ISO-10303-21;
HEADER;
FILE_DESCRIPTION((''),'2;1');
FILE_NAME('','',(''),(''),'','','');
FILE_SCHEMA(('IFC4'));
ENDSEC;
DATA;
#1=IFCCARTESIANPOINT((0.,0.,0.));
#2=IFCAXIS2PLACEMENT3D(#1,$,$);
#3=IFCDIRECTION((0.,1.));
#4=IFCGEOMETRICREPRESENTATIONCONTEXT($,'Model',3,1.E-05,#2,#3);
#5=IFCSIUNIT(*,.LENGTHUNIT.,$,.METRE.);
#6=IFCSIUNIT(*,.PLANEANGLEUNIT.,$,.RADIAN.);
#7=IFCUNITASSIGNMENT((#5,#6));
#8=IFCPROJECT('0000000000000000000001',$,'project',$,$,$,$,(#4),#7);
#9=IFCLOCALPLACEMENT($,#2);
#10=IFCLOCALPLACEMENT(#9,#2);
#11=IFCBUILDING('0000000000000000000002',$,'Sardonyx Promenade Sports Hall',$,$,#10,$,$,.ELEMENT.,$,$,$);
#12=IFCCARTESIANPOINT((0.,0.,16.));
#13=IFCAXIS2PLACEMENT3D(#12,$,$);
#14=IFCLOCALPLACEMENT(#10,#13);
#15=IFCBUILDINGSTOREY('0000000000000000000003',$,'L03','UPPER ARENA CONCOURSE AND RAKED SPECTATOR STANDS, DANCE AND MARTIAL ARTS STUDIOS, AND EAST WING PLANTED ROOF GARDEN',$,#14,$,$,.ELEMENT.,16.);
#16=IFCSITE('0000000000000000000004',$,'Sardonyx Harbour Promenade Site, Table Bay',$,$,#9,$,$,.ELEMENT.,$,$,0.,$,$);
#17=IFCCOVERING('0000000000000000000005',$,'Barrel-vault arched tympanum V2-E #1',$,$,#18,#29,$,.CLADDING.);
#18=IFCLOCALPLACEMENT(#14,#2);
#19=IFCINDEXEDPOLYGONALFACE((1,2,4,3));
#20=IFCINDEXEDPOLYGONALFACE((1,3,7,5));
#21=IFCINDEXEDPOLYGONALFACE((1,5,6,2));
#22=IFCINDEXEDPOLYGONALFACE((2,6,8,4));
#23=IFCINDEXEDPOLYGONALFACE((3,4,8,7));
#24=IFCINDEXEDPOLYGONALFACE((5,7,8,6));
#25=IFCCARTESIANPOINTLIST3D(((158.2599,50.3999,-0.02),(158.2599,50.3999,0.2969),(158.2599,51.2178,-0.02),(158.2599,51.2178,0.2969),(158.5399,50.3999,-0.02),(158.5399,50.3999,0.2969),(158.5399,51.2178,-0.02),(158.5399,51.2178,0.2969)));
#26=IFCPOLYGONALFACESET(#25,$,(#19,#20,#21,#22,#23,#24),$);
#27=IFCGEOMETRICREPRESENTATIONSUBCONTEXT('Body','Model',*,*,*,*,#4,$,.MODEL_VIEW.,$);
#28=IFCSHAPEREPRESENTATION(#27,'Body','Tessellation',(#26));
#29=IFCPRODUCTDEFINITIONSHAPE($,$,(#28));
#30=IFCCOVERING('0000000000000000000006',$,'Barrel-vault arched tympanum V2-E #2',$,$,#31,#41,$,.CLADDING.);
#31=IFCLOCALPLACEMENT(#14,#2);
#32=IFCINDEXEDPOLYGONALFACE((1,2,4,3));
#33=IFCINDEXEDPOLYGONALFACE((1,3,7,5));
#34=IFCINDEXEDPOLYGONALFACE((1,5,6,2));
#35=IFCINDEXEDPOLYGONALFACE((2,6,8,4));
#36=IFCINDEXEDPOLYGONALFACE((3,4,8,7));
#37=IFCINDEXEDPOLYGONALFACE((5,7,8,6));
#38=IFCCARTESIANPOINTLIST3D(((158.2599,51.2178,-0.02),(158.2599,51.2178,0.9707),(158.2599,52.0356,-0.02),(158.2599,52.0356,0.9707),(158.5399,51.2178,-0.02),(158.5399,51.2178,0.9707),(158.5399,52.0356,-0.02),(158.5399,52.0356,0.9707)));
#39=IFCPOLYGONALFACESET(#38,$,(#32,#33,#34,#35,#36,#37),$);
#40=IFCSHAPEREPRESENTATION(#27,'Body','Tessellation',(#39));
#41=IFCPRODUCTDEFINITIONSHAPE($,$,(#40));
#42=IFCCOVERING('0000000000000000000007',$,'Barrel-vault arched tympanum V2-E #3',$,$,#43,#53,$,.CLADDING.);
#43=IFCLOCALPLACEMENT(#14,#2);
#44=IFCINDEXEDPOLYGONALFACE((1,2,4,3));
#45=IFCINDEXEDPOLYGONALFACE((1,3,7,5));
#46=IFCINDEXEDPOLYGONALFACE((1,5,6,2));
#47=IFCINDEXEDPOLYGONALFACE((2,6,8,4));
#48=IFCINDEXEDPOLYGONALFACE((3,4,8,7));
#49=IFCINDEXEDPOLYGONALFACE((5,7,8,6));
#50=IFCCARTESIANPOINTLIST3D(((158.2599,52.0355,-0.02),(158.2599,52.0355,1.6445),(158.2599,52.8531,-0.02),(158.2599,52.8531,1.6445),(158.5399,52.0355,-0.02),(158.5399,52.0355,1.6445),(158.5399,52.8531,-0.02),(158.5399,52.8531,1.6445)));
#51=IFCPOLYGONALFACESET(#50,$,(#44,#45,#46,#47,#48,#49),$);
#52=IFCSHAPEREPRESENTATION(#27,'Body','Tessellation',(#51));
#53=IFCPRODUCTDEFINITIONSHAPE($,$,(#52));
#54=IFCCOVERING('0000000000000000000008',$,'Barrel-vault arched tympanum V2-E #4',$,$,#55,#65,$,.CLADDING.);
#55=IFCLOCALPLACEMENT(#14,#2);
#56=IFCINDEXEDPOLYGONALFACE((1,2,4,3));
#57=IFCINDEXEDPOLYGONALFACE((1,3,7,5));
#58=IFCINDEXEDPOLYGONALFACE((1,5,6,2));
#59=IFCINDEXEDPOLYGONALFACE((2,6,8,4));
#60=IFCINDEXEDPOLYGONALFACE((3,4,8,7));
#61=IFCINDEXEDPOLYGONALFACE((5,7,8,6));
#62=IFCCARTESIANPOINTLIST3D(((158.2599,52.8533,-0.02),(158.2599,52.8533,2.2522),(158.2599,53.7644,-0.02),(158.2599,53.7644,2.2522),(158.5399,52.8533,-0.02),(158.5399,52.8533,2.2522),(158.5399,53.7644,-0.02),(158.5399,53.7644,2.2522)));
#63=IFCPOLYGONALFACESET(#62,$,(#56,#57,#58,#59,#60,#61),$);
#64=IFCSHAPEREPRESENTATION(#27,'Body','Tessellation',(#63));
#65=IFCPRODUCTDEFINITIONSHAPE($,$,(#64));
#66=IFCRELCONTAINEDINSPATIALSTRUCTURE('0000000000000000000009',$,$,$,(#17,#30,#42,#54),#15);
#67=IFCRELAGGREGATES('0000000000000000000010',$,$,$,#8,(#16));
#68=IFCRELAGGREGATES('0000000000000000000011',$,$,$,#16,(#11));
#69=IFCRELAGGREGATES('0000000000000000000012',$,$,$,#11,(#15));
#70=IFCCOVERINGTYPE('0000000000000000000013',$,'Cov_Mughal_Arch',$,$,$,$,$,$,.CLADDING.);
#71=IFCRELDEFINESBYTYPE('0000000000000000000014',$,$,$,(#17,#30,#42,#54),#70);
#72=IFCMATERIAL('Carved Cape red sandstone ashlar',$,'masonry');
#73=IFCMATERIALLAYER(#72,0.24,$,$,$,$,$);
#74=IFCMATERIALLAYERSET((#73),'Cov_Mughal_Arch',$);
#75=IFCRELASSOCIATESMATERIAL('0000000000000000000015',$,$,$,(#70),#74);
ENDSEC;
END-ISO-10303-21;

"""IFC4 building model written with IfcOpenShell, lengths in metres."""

from ifc_helpers import new_model, si_unit, direction, frame, frame_2d, origin, place, context, subcontext, project, spatial, rectangle, extrude, material, layer, layer_set, type_object, element, save


model = new_model("IFC4")

# Units and contexts
model_context = context("Model", 3, precision=1e-05, world=origin(), true_north=direction((0.0, 1.0)))
body_context = subcontext(model_context, "Body", "Model", "MODEL_VIEW")
ifc_project = project(units=[si_unit("LENGTHUNIT", "METRE"), si_unit("PLANEANGLEUNIT", "RADIAN")], contexts=[model_context])

# Site, building, storey
site_placement = place(None, origin())
site = spatial("IfcSite", under=ifc_project, at=site_placement, Name="Sardonyx Harbour Promenade Site, Table Bay", CompositionType="ELEMENT", RefElevation=0.0)
building_placement = place(site_placement, origin())
building = spatial("IfcBuilding", under=site, at=building_placement, Name="Sardonyx Promenade Sports Hall", CompositionType="ELEMENT")
storey_placement = place(building_placement, frame((0.0, 0.0, 16.0)))
storey = spatial("IfcBuildingStorey", under=building, at=storey_placement, Name="L03", Description="UPPER ARENA CONCOURSE AND RAKED SPECTATOR STANDS, DANCE AND MARTIAL ARTS STUDIOS, AND EAST WING PLANTED ROOF GARDEN", CompositionType="ELEMENT", Elevation=16.0)

# Coverings
ifc_material_1 = material(Name="Carved Cape red sandstone ashlar", Category="masonry")
ifc_layer_1 = layer(ifc_material_1, 0.24)
ifc_layer_set_1 = layer_set([ifc_layer_1], Name="Cov_Mughal_Arch")
covering_type_1 = type_object("IfcCoveringType", Name="Cov_Mughal_Arch", PredefinedType="CLADDING", material=ifc_layer_set_1)
covering_1_placement = place(storey_placement, frame((158.3999, 50.3999, -0.02), z_axis=(0.0, 0.0, 1.0), x_axis=(0.0, 1.0, 0.0)))
element("IfcCovering", 1, at=covering_1_placement, inside=storey, type_object=covering_type_1, Name="Barrel-vault arched tympanum V2-E #1", PredefinedType="CLADDING", context=body_context, shape_type="SweptSolid", body=[
    extrude(rectangle(XDim=0.8179, YDim=0.28, at=frame_2d((0.4089, 0.0))), origin(), (0.0, 0.0, 1.0), 0.3169),
])
covering_2_placement = place(storey_placement, frame((158.3999, 51.2178, -0.02), z_axis=(0.0, 0.0, 1.0), x_axis=(0.0, 1.0, 0.0)))
element("IfcCovering", 2, at=covering_2_placement, inside=storey, type_object=covering_type_1, Name="Barrel-vault arched tympanum V2-E #2", PredefinedType="CLADDING", context=body_context, shape_type="SweptSolid", body=[
    extrude(rectangle(XDim=0.8179, YDim=0.28, at=frame_2d((0.4089, 0.0))), origin(), (0.0, 0.0, 1.0), 0.9907),
])
covering_3_placement = place(storey_placement, frame((158.3999, 52.0356, -0.02), z_axis=(0.0, 0.0, 1.0), x_axis=(0.0, 1.0, 0.0)))
element("IfcCovering", 3, at=covering_3_placement, inside=storey, type_object=covering_type_1, Name="Barrel-vault arched tympanum V2-E #3", PredefinedType="CLADDING", context=body_context, shape_type="SweptSolid", body=[
    extrude(rectangle(XDim=0.8176, YDim=0.28, at=frame_2d((0.4087, 0.0))), origin(), (0.0, 0.0, 1.0), 1.6646),
])
covering_4_placement = place(storey_placement, frame((158.3999, 52.8533, -0.02), z_axis=(0.0, 0.0, 1.0), x_axis=(0.0, 1.0, 0.0)))
element("IfcCovering", 4, at=covering_4_placement, inside=storey, type_object=covering_type_1, Name="Barrel-vault arched tympanum V2-E #4", PredefinedType="CLADDING", context=body_context, shape_type="SweptSolid", body=[
    extrude(rectangle(XDim=0.9111, YDim=0.28, at=frame_2d((0.4556, 0.0))), origin(), (0.0, 0.0, 1.0), 2.2722),
])

save(model, "model.ifc")
